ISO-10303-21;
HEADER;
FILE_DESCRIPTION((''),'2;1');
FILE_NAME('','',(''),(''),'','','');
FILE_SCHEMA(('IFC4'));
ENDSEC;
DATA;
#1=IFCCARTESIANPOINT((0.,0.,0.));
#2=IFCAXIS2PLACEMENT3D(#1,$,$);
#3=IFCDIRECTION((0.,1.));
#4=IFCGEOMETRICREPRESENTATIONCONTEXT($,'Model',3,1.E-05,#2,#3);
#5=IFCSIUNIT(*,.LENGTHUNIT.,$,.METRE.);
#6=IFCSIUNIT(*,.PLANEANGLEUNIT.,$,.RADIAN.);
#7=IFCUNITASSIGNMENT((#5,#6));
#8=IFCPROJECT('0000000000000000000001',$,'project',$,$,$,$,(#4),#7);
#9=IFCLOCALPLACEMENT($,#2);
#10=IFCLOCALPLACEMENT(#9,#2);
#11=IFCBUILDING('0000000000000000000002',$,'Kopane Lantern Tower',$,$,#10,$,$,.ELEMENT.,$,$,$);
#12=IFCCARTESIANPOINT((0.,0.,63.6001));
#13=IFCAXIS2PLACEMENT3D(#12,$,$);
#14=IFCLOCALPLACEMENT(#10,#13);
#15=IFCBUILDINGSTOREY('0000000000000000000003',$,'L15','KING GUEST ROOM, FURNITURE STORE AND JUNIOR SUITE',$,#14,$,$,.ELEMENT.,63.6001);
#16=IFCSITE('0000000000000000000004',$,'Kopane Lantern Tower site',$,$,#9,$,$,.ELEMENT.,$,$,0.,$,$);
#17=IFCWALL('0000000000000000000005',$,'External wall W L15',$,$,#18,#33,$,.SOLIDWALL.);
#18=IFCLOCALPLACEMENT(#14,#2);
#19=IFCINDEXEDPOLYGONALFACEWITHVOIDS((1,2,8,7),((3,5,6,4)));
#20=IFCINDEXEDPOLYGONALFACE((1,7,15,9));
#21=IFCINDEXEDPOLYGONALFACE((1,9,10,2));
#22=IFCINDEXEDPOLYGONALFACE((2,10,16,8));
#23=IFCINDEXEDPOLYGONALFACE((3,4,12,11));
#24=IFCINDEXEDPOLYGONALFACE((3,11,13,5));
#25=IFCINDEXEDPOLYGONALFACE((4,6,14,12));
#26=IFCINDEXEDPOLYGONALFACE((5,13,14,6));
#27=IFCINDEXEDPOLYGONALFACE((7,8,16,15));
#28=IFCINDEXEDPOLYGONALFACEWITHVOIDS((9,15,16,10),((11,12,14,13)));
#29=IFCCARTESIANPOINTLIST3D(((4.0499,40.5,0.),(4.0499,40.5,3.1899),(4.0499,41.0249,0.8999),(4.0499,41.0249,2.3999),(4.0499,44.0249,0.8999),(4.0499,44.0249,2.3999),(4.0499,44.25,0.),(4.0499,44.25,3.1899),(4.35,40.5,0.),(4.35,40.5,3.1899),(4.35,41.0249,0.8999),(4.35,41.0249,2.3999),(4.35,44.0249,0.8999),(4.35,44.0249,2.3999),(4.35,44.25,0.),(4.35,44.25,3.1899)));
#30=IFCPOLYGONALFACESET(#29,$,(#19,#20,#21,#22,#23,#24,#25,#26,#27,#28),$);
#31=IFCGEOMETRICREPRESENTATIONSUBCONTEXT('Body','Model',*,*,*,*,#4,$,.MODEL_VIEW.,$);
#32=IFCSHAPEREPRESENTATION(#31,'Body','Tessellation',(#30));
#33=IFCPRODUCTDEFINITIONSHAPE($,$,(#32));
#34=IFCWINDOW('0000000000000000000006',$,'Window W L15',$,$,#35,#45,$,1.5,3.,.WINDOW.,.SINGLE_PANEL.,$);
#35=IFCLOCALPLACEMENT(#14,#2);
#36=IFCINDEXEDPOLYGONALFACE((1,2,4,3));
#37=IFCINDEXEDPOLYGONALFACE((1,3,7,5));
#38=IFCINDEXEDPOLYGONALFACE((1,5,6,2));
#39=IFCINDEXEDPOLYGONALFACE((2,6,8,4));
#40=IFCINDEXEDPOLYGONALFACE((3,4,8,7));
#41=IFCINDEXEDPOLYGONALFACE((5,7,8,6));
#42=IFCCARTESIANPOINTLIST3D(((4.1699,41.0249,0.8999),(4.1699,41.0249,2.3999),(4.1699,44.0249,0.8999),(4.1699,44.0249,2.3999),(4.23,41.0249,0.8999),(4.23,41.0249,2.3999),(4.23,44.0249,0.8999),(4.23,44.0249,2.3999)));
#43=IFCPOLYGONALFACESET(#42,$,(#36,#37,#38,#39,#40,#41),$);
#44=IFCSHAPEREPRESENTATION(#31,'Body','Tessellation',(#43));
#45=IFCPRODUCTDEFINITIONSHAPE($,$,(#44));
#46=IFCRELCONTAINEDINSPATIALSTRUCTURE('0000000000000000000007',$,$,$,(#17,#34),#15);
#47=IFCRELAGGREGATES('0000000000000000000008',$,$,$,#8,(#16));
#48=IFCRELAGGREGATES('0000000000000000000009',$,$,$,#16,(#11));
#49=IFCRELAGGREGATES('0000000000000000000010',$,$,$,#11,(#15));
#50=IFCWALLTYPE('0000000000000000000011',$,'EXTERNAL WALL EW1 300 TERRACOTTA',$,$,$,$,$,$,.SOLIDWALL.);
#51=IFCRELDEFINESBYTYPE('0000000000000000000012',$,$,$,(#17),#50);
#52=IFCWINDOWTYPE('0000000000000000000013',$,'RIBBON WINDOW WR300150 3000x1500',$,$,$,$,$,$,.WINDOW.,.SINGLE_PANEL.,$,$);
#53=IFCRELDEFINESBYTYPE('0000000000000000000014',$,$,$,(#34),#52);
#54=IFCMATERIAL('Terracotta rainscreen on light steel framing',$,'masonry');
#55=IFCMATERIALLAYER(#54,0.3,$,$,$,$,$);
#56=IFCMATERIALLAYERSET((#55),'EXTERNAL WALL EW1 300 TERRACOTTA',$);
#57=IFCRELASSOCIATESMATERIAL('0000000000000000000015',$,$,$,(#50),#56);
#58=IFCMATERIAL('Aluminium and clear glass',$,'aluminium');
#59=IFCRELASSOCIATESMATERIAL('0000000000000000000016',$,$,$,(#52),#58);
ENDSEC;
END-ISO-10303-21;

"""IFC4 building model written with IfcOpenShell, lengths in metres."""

from ifc_helpers import new_model, si_unit, direction, frame, frame_2d, origin, place, context, subcontext, project, spatial, rectangle, extrude, material, layer, layer_set, type_object, element, fill, save


model = new_model("IFC4")

# Units and contexts
model_context = context("Model", 3, precision=1e-05, world=origin(), true_north=direction((0.0, 1.0)))
body_context = subcontext(model_context, "Body", "Model", "MODEL_VIEW")
ifc_project = project(units=[si_unit("LENGTHUNIT", "METRE"), si_unit("PLANEANGLEUNIT", "RADIAN")], contexts=[model_context])

# Site, building, storey
site_placement = place(None, origin())
site = spatial("IfcSite", under=ifc_project, at=site_placement, Name="Kopane Lantern Tower site", CompositionType="ELEMENT", RefElevation=0.0)
building_placement = place(site_placement, origin())
building = spatial("IfcBuilding", under=site, at=building_placement, Name="Kopane Lantern Tower", CompositionType="ELEMENT")
storey_placement = place(building_placement, frame((0.0, 0.0, 63.6001)))
storey = spatial("IfcBuildingStorey", under=building, at=storey_placement, Name="L15", Description="KING GUEST ROOM, FURNITURE STORE AND JUNIOR SUITE", CompositionType="ELEMENT", Elevation=63.6001)

# Wall, opening, window
ifc_material_1 = material(Name="Terracotta rainscreen on light steel framing", Category="masonry")
ifc_layer_1 = layer(ifc_material_1, 0.3)
ifc_layer_set_1 = layer_set([ifc_layer_1], Name="EXTERNAL WALL EW1 300 TERRACOTTA")
wall_type_1 = type_object("IfcWallType", Name="EXTERNAL WALL EW1 300 TERRACOTTA", PredefinedType="SOLIDWALL", material=ifc_layer_set_1)
wall_1_placement = place(storey_placement, frame((4.2, 44.25, 0.0), z_axis=(0.0, 0.0, 1.0), x_axis=(0.0, -1.0, 0.0)))
wall_1 = element("IfcWall", 1, at=wall_1_placement, inside=storey, type_object=wall_type_1, Name="External wall W L15", PredefinedType="SOLIDWALL", context=body_context, shape_type="SweptSolid", body=[
    extrude(rectangle(XDim=3.75, YDim=0.3, at=frame_2d((1.875, 0.0))), origin(), (0.0, 0.0, 1.0), 3.1899),
])
opening_1_placement = place(wall_1_placement, frame((0.2251, 0.0, 0.8999)))
opening_1 = element("IfcOpeningElement", 2, at=opening_1_placement, cuts=wall_1, PredefinedType="OPENING", context=body_context, shape_type="SweptSolid", body=[
    extrude(rectangle(XDim=3.0, YDim=1.5, at=frame_2d((1.5, 0.75))), frame((0.0, 0.1599, 0.0), z_axis=(0.0, -1.0, 0.0), x_axis=(1.0, 0.0, 0.0)), (0.0, 0.0, 1.0), 0.3201),
])
ifc_material_2 = material(Name="Aluminium and clear glass", Category="aluminium")
window_type = type_object("IfcWindowType", Name="RIBBON WINDOW WR300150 3000x1500", PartitioningType="SINGLE_PANEL", PredefinedType="WINDOW", material=ifc_material_2)
window_placement = place(opening_1_placement, origin())
window = element("IfcWindow", 3, at=window_placement, inside=storey, type_object=window_type, Name="Window W L15", OverallHeight=1.5, OverallWidth=3.0, PartitioningType="SINGLE_PANEL", PredefinedType="WINDOW", context=body_context, shape_type="SweptSolid", body=[
    extrude(rectangle(XDim=3.0, YDim=1.5, at=frame_2d((1.5, 0.75))), frame((0.0, 0.03, 0.0), z_axis=(0.0, -1.0, 0.0), x_axis=(1.0, 0.0, 0.0)), (0.0, 0.0, 1.0), 0.0601),
])
fill(opening_1, window)

save(model, "model.ifc")
